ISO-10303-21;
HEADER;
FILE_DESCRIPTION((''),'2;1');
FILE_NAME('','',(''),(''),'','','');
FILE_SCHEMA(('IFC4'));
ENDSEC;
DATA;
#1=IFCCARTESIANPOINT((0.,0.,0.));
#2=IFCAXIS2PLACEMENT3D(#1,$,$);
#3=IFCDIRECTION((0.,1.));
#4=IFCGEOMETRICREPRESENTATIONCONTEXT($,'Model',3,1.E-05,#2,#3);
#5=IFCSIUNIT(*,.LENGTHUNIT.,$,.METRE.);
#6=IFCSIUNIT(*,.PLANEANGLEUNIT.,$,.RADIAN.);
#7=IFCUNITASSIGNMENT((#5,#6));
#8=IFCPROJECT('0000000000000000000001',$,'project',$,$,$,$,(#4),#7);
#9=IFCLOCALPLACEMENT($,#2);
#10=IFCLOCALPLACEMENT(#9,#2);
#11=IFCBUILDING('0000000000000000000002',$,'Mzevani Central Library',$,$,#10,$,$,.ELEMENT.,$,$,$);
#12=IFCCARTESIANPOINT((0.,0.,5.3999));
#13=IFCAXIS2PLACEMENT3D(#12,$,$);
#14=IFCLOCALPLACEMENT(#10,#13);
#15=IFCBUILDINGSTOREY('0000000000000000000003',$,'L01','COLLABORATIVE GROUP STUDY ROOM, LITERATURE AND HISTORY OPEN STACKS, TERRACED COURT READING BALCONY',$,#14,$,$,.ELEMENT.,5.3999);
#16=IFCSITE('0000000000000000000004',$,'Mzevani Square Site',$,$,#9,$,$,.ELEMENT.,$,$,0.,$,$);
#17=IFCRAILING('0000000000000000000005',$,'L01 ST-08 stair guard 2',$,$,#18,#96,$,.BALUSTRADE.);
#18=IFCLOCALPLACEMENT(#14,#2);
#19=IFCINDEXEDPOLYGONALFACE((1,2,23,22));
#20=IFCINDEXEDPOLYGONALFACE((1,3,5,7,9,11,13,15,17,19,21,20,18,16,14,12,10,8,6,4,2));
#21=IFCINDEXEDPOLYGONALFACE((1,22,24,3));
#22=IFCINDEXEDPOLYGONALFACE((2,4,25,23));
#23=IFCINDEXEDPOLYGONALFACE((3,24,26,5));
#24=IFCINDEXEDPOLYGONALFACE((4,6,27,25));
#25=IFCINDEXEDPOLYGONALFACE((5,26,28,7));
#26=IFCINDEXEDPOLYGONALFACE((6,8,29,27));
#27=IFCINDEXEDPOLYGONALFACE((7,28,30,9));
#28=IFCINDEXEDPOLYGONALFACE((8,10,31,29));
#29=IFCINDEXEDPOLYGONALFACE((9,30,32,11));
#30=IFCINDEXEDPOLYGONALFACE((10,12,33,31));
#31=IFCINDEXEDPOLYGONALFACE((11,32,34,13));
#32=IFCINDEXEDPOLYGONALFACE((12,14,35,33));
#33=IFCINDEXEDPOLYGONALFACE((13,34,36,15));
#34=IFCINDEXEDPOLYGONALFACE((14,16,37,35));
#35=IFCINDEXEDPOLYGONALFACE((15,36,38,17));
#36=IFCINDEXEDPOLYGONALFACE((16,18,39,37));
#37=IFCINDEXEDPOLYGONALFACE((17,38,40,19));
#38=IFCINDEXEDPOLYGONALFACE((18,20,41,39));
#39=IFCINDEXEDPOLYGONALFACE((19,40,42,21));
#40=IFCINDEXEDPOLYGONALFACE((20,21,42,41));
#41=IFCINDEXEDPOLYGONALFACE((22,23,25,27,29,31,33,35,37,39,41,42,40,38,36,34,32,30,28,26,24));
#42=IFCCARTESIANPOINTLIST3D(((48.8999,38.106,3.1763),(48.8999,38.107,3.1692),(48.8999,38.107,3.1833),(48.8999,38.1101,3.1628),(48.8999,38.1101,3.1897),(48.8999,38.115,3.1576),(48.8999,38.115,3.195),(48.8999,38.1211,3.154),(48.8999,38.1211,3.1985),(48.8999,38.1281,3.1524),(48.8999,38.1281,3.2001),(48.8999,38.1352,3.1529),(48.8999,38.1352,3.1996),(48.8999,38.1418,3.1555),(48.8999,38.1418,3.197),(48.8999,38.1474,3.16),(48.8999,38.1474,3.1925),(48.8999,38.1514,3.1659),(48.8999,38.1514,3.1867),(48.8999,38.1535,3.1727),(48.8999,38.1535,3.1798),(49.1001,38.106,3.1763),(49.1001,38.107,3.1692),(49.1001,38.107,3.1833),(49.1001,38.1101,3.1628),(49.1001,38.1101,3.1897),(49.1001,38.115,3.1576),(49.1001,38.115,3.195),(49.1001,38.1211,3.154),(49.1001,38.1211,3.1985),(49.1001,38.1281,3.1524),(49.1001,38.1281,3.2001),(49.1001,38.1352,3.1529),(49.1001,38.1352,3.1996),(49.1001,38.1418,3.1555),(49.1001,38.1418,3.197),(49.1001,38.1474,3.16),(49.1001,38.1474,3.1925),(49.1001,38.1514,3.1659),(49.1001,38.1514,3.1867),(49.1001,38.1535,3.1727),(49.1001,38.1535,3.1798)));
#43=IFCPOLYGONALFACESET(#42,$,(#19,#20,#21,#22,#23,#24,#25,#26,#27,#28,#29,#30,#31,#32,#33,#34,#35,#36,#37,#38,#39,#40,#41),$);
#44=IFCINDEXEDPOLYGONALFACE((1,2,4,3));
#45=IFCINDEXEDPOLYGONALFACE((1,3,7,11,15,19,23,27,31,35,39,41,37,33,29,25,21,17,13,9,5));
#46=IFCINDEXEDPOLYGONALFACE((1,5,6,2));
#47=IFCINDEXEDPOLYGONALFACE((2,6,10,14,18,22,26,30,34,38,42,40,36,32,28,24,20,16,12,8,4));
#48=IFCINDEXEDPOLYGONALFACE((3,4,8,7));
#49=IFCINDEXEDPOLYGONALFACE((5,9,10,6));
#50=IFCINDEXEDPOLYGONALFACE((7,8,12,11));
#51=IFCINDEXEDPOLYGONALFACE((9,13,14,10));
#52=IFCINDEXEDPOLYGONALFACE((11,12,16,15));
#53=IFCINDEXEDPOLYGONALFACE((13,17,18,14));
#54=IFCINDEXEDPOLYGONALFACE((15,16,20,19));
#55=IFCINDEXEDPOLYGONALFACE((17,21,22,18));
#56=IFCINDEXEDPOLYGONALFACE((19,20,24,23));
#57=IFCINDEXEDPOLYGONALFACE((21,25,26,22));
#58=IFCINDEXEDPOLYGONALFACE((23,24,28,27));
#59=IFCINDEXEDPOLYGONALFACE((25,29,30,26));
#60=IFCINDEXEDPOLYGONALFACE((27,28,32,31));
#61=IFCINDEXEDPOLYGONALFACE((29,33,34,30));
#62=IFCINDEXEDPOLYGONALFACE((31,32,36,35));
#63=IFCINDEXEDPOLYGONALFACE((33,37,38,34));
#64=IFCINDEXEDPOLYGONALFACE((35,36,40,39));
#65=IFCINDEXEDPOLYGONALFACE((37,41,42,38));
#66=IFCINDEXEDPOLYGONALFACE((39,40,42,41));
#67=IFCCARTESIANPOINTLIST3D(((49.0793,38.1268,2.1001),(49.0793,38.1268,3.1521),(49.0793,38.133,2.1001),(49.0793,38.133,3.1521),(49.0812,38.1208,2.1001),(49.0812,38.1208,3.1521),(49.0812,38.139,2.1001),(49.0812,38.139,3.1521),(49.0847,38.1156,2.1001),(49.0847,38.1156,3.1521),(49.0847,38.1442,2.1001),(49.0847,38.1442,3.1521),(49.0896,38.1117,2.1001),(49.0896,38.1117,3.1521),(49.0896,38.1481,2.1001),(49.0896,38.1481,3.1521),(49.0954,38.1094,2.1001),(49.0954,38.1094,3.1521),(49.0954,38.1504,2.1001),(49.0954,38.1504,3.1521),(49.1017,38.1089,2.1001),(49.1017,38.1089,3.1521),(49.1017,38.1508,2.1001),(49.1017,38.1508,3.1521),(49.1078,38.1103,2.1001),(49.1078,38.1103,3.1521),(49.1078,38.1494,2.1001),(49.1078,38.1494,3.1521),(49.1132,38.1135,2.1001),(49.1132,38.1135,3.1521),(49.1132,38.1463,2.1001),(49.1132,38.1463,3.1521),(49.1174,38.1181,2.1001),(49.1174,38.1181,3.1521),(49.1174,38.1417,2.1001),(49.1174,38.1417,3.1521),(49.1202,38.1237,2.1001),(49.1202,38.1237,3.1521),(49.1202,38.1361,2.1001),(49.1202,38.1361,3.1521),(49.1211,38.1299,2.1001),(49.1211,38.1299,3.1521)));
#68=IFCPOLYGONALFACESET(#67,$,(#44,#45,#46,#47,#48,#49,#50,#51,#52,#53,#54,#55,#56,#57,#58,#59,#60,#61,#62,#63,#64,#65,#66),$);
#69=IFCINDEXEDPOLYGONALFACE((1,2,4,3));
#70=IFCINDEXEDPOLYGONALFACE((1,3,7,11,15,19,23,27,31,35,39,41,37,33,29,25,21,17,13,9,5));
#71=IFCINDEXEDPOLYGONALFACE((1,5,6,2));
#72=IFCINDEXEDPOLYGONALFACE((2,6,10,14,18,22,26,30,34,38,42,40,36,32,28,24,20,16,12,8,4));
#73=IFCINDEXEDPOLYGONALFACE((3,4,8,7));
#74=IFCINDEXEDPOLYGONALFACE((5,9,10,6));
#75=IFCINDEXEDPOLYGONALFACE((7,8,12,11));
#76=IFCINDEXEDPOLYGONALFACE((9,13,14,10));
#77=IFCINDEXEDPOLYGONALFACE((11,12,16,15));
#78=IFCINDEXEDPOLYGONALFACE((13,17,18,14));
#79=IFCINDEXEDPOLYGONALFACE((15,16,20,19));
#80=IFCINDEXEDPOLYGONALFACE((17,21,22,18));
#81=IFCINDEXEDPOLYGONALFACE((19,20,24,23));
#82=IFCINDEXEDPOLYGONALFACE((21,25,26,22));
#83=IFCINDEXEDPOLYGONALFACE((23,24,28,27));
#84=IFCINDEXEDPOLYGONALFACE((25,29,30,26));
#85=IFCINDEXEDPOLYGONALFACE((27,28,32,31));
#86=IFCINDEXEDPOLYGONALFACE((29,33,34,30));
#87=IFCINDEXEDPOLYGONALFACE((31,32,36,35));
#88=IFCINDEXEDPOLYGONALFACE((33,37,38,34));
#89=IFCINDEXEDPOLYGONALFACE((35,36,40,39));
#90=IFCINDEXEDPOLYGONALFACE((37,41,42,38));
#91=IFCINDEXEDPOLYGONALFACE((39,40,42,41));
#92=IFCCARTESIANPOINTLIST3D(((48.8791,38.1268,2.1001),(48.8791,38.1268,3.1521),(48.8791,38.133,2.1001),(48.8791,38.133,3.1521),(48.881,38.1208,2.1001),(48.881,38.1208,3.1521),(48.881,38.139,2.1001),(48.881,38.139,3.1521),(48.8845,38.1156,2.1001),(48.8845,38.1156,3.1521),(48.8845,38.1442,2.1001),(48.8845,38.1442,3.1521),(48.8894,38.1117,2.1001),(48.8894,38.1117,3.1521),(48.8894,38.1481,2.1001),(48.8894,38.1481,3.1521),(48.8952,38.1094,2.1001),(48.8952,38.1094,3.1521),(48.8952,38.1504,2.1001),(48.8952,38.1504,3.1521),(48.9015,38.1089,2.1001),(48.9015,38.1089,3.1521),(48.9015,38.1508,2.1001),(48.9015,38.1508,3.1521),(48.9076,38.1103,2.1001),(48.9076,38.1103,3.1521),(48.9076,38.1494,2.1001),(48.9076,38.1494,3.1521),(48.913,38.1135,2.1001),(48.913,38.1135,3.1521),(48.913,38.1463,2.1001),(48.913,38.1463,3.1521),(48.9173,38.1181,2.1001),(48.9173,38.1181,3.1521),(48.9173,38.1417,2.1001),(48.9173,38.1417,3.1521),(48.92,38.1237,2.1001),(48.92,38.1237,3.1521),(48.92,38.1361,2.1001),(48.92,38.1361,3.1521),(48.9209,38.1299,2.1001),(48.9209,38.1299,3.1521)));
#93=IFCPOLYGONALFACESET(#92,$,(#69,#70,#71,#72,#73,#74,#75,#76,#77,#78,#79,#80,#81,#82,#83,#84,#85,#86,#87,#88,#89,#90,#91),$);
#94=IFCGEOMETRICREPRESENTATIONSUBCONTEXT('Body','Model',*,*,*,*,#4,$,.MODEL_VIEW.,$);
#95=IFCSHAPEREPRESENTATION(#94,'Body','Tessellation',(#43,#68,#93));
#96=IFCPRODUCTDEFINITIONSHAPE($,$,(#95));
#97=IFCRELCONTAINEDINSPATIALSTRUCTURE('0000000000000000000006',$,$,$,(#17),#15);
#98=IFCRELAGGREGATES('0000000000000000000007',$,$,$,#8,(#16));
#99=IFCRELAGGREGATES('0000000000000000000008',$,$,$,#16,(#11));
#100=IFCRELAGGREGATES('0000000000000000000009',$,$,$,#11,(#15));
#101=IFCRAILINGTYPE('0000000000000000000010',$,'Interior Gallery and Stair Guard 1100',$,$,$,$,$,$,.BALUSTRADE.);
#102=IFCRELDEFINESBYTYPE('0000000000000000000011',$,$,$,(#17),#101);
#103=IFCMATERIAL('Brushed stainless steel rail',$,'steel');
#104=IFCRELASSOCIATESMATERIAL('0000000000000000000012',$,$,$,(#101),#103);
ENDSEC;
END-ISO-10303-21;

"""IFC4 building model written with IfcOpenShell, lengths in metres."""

from ifc_helpers import new_model, si_unit, direction, frame, origin, origin_2d, place, context, subcontext, project, spatial, circle, extrude, material, type_object, element, save


model = new_model("IFC4")

# Units and contexts
model_context = context("Model", 3, precision=1e-05, world=origin(), true_north=direction((0.0, 1.0)))
body_context = subcontext(model_context, "Body", "Model", "MODEL_VIEW")
ifc_project = project(units=[si_unit("LENGTHUNIT", "METRE"), si_unit("PLANEANGLEUNIT", "RADIAN")], contexts=[model_context])

# Site, building, storey
site_placement = place(None, origin())
site = spatial("IfcSite", under=ifc_project, at=site_placement, Name="Mzevani Square Site", CompositionType="ELEMENT", RefElevation=0.0)
building_placement = place(site_placement, origin())
building = spatial("IfcBuilding", under=site, at=building_placement, Name="Mzevani Central Library", CompositionType="ELEMENT")
storey_placement = place(building_placement, frame((0.0, 0.0, 5.3999)))
storey = spatial("IfcBuildingStorey", under=building, at=storey_placement, Name="L01", Description="COLLABORATIVE GROUP STUDY ROOM, LITERATURE AND HISTORY OPEN STACKS, TERRACED COURT READING BALCONY", CompositionType="ELEMENT", Elevation=5.3999)

# Railing
ifc_material_1 = material(Name="Brushed stainless steel rail", Category="steel")
railing_type_1 = type_object("IfcRailingType", Name="Interior Gallery and Stair Guard 1100", PredefinedType="BALUSTRADE", material=ifc_material_1)
railing_1_placement = place(storey_placement, frame((49.1001, 38.1299, 2.1001)))
element("IfcRailing", 1, at=railing_1_placement, inside=storey, type_object=railing_type_1, Name="L01 ST-08 stair guard 2", PredefinedType="BALUSTRADE", context=body_context, shape_type="SweptSolid", body=[
    extrude(circle(Radius=0.0239, at=origin_2d()), frame((0.0, 0.0, 1.0762), z_axis=(-1.0, 0.0, 0.0), x_axis=(0.0, -1.0, 0.0)), (0.0, 0.0, 1.0), 0.2002),
    extrude(circle(Radius=0.021, at=origin_2d()), origin(), (0.0, 0.0, 1.0), 1.052),
    extrude(circle(Radius=0.021, at=origin_2d()), frame((-0.2002, 0.0, 0.0)), (0.0, 0.0, 1.0), 1.052),
])

save(model, "model.ifc")
